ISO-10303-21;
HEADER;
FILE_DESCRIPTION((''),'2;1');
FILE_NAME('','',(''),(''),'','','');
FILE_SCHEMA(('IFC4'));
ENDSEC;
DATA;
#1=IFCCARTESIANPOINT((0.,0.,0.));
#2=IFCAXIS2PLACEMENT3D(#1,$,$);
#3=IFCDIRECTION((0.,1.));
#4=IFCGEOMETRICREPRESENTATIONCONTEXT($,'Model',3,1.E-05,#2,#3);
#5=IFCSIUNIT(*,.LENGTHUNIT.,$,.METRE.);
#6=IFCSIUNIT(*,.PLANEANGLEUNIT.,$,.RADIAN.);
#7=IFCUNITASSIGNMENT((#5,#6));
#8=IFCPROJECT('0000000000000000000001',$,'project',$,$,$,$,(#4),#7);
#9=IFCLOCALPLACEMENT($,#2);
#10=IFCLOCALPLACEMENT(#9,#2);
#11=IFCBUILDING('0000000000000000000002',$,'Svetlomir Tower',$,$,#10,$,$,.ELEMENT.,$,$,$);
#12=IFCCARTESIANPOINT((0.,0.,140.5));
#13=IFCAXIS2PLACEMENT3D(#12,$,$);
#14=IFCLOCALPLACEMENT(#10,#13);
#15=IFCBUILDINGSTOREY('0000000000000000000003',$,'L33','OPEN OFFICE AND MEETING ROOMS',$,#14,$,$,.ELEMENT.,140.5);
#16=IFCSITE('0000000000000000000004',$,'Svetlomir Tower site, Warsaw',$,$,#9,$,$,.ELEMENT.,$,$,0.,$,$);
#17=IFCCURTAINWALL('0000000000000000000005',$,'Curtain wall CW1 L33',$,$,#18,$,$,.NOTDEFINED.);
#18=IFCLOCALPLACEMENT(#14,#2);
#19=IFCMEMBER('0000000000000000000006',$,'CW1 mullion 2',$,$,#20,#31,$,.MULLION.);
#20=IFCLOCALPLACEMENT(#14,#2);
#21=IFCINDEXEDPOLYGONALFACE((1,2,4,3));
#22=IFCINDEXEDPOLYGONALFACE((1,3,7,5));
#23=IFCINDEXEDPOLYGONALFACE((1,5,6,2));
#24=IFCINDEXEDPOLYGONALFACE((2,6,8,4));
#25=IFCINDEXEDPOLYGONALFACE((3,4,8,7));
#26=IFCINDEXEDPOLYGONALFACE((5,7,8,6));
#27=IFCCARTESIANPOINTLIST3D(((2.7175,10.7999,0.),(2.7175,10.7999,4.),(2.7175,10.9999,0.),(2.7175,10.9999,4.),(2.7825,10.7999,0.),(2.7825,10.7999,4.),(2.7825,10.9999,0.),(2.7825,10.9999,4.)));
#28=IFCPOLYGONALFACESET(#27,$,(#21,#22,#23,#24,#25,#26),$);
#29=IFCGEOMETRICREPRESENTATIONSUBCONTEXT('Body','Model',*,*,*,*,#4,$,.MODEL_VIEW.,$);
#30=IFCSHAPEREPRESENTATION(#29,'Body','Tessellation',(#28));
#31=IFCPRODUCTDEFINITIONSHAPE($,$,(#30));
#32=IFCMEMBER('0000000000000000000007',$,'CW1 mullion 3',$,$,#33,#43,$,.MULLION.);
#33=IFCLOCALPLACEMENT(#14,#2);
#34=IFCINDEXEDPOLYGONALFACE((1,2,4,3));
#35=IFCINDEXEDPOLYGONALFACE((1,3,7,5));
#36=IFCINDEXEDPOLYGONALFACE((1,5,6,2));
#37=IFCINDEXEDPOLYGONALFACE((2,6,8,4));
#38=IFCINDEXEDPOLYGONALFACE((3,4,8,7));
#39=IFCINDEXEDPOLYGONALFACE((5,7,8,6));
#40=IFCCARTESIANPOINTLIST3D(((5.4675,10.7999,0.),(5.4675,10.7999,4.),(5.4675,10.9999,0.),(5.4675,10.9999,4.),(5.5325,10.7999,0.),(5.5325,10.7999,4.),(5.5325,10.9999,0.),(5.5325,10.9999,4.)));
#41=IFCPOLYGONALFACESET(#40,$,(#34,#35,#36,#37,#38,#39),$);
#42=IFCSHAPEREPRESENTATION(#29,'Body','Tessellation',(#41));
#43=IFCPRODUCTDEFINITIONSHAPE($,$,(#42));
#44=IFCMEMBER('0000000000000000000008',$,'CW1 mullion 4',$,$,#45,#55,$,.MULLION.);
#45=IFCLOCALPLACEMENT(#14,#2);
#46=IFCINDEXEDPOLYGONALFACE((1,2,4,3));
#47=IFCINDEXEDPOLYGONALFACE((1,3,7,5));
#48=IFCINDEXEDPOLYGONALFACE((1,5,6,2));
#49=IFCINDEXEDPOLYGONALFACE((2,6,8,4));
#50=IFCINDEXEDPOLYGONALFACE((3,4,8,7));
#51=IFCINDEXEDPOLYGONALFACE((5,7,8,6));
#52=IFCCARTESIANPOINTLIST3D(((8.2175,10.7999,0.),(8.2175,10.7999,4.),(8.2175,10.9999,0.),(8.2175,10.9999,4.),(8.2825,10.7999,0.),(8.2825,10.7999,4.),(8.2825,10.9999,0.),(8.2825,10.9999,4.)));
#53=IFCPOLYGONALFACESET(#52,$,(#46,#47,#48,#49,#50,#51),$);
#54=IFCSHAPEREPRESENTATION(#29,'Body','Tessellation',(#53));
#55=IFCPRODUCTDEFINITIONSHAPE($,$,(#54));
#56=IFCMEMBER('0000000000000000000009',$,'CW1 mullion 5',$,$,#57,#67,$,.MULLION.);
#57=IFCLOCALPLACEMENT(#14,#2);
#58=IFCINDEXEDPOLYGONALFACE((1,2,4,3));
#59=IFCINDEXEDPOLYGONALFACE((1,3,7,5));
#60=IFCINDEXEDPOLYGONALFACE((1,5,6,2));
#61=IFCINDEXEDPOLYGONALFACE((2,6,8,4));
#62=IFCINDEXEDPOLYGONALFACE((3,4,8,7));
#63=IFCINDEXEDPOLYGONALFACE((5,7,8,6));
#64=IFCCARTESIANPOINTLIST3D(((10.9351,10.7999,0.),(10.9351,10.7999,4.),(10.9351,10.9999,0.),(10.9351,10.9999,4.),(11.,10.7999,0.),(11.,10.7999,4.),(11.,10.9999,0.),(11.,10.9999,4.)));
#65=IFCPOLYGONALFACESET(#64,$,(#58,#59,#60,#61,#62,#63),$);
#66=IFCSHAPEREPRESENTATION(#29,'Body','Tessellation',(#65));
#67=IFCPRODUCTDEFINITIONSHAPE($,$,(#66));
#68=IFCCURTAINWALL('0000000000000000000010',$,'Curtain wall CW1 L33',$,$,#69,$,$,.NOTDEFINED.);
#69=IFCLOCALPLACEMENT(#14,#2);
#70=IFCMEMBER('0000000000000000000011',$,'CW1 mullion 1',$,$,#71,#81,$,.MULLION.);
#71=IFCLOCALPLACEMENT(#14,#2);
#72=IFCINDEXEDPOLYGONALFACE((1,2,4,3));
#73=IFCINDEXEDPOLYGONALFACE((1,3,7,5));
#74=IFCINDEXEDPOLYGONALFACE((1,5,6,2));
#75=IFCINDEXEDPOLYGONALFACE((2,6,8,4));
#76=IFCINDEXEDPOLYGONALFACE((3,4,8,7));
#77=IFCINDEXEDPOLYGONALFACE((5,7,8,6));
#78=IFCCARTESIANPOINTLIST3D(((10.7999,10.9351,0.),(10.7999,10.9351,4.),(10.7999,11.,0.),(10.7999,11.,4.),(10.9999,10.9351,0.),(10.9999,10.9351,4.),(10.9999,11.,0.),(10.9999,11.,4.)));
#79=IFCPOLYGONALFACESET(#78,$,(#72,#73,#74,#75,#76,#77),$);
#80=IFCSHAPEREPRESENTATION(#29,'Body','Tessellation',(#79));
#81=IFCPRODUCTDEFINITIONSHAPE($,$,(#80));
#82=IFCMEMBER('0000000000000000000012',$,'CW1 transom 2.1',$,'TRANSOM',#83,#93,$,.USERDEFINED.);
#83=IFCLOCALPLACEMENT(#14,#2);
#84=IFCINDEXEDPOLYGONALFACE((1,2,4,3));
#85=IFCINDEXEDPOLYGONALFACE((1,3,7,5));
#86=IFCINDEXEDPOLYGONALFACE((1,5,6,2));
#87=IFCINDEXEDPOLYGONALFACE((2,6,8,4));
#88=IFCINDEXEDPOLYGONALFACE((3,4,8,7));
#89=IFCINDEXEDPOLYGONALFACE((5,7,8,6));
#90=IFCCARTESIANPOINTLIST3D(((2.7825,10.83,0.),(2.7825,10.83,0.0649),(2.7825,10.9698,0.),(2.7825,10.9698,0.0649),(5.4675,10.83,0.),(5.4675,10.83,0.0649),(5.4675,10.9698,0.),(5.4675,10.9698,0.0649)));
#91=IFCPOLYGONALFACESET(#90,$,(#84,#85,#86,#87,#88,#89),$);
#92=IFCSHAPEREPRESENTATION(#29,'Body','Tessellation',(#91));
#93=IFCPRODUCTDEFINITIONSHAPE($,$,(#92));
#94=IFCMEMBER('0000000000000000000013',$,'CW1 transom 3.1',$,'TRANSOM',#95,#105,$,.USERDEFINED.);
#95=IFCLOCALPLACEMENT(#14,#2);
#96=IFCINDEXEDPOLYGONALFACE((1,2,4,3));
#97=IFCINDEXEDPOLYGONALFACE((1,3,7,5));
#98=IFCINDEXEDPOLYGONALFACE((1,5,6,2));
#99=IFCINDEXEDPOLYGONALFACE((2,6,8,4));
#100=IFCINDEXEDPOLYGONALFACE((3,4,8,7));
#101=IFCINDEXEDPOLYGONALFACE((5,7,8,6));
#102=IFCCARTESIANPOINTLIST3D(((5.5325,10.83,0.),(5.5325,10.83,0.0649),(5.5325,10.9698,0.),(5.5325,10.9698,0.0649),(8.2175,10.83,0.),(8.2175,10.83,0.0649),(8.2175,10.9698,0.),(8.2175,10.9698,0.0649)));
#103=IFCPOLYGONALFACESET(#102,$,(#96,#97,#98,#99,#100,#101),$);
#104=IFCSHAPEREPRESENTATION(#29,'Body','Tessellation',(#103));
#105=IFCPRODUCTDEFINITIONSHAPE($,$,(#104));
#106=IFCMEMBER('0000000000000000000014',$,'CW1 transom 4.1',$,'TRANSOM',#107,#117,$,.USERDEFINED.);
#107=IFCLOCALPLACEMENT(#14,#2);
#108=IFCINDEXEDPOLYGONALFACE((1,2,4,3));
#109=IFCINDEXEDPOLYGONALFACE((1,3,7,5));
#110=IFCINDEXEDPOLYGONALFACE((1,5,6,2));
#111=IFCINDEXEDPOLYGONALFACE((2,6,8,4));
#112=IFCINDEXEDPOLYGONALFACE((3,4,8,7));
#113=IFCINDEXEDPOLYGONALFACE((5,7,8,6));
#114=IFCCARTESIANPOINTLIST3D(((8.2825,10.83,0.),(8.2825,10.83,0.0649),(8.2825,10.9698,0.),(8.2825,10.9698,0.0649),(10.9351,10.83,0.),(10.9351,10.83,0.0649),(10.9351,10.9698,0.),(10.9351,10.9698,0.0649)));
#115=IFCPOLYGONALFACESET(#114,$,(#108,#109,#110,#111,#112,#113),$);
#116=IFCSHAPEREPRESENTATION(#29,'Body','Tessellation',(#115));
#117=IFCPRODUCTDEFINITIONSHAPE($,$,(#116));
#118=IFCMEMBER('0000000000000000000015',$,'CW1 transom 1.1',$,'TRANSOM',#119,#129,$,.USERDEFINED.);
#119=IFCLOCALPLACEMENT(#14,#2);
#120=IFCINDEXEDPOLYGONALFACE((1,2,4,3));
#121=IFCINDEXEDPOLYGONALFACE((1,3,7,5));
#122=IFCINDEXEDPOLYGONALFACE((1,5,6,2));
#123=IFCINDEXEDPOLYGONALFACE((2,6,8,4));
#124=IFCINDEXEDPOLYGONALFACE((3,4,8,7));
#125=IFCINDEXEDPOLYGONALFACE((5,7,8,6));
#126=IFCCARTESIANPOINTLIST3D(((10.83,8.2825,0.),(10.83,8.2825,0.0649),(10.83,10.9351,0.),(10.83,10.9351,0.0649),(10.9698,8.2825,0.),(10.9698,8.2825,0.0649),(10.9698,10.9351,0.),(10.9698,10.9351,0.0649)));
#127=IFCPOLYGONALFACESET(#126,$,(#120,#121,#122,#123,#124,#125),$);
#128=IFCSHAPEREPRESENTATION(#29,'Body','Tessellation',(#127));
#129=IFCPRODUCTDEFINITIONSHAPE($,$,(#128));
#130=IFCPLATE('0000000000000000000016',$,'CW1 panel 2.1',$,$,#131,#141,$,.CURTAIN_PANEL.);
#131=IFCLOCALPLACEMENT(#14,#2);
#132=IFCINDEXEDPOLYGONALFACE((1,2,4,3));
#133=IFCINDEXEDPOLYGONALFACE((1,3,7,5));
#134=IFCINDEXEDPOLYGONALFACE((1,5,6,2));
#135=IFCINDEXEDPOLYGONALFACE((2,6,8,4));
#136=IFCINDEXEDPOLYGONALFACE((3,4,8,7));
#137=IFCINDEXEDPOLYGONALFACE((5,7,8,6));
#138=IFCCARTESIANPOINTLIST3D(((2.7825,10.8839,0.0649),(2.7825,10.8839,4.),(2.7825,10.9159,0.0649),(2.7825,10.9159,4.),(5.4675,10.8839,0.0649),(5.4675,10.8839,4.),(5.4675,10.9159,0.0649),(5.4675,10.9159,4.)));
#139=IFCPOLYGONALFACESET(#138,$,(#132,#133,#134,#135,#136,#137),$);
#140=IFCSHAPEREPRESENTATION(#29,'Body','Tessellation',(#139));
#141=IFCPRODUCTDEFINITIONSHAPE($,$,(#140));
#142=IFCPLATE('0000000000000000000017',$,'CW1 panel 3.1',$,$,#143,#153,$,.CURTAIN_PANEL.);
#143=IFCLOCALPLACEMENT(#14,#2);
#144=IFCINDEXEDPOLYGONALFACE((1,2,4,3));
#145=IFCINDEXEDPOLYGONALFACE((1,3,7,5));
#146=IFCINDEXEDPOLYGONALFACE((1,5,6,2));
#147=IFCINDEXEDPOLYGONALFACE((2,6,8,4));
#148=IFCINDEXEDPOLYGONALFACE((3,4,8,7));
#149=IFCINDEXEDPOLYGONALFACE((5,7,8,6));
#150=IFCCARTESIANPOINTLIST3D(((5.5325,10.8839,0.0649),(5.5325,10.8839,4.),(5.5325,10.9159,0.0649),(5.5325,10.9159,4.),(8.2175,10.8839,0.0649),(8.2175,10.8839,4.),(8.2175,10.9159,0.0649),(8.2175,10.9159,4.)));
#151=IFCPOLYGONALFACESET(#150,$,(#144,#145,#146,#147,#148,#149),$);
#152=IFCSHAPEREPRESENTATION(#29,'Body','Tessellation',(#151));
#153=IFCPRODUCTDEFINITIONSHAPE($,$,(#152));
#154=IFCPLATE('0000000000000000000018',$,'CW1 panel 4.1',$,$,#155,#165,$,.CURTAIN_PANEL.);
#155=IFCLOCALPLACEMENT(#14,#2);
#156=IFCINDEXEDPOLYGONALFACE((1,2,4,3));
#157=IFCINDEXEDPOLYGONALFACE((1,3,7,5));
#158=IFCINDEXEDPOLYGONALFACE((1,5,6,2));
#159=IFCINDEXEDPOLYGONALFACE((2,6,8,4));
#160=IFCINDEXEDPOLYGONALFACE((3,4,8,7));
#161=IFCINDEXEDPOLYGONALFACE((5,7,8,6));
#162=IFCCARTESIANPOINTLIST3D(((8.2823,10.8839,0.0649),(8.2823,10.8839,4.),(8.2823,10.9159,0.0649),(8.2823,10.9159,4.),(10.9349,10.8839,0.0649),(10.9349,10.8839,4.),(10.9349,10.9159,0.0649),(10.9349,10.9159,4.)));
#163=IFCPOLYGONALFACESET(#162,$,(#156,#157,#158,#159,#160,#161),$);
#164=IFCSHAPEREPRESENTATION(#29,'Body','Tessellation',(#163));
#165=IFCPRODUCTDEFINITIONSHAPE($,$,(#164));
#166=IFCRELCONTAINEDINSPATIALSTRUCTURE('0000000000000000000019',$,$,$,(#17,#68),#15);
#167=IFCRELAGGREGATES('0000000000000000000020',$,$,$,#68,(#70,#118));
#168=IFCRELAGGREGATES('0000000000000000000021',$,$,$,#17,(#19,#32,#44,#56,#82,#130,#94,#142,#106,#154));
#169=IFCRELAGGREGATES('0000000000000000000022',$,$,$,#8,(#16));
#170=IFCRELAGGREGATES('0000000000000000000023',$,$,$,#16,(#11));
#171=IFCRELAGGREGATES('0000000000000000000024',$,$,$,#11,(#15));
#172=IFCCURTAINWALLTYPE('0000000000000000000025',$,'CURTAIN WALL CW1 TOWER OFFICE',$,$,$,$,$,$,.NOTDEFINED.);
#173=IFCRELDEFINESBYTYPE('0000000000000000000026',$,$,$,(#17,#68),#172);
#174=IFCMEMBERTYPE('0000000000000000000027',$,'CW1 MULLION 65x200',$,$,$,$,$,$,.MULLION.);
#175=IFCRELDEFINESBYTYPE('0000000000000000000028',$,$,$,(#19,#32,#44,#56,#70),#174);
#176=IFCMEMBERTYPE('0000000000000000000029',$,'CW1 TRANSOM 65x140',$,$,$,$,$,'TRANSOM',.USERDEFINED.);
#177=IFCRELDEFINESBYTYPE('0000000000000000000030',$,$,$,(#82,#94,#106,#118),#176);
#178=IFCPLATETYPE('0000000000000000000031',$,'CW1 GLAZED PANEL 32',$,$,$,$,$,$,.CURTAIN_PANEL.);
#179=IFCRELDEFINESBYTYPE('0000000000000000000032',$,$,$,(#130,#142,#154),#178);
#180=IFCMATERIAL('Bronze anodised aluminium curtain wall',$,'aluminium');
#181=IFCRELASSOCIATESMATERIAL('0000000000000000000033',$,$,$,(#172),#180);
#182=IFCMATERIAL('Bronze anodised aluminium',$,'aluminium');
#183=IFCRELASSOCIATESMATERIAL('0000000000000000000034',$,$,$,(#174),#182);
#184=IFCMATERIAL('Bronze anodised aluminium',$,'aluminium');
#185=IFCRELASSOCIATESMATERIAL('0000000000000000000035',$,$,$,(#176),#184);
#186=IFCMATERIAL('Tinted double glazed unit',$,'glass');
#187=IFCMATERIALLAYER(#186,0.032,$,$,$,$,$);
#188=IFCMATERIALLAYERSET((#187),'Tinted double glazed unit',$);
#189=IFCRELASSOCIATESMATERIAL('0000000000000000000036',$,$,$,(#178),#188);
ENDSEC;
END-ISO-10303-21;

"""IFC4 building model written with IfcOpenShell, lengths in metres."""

from ifc_helpers import new_model, si_unit, direction, frame, origin, origin_2d, place, context, subcontext, project, spatial, rectangle, extrude, material, layer, layer_set, material_profile, profile_set, type_object, element, aggregate, save


model = new_model("IFC4")

# Units and contexts
model_context = context("Model", 3, precision=1e-05, world=origin(), true_north=direction((0.0, 1.0)))
body_context = subcontext(model_context, "Body", "Model", "MODEL_VIEW")
ifc_project = project(units=[si_unit("LENGTHUNIT", "METRE"), si_unit("PLANEANGLEUNIT", "RADIAN")], contexts=[model_context])

# Site, building, storey
site_placement = place(None, origin())
site = spatial("IfcSite", under=ifc_project, at=site_placement, Name="Svetlomir Tower site, Warsaw", CompositionType="ELEMENT", RefElevation=0.0)
building_placement = place(site_placement, origin())
building = spatial("IfcBuilding", under=site, at=building_placement, Name="Svetlomir Tower", CompositionType="ELEMENT")
storey_placement = place(building_placement, frame((0.0, 0.0, 140.5)))
storey = spatial("IfcBuildingStorey", under=building, at=storey_placement, Name="L33", Description="OPEN OFFICE AND MEETING ROOMS", CompositionType="ELEMENT", Elevation=140.5)

# Curtain wall, members
ifc_material_1 = material(Name="Bronze anodised aluminium curtain wall", Category="aluminium")
curtain_wall_type = type_object("IfcCurtainWallType", Name="CURTAIN WALL CW1 TOWER OFFICE", PredefinedType="NOTDEFINED", material=ifc_material_1)
curtain_wall_1_placement = place(storey_placement, origin())
curtain_wall_1 = element("IfcCurtainWall", 1, at=curtain_wall_1_placement, inside=storey, type_object=curtain_wall_type, Name="Curtain wall CW1 L33", PredefinedType="NOTDEFINED")
ifc_material_2 = material(Name="Bronze anodised aluminium", Category="aluminium")
ifc_material_profile_1 = material_profile(ifc_material_2, rectangle(XDim=0.0649, YDim=0.2, at=origin_2d()), Name="AL 65x200")
ifc_profile_set_1 = profile_set([ifc_material_profile_1], Name="Bronze anodised aluminium 6063-T6")
member_type_1 = type_object("IfcMemberType", Name="CW1 MULLION 65x200", PredefinedType="MULLION", material=ifc_profile_set_1)
member_1_placement = place(storey_placement, frame((2.75, 10.8999, 0.0), z_axis=(0.0, 0.0, 1.0), x_axis=(1.0, 0.0, 0.0)))
member_1 = element("IfcMember", 2, at=member_1_placement, type_object=member_type_1, Name="CW1 mullion 2", PredefinedType="MULLION", context=body_context, shape_type="SweptSolid", body=[
    extrude(rectangle(XDim=0.0649, YDim=0.2, at=origin_2d()), origin(), (0.0, 0.0, 1.0), 4.0),
])
member_2_placement = place(storey_placement, frame((5.5, 10.8999, 0.0), z_axis=(0.0, 0.0, 1.0), x_axis=(1.0, 0.0, 0.0)))
member_2 = element("IfcMember", 3, at=member_2_placement, type_object=member_type_1, Name="CW1 mullion 3", PredefinedType="MULLION", context=body_context, shape_type="SweptSolid", body=[
    extrude(rectangle(XDim=0.0649, YDim=0.2, at=origin_2d()), origin(), (0.0, 0.0, 1.0), 4.0),
])
member_3_placement = place(storey_placement, frame((8.25, 10.8999, 0.0), z_axis=(0.0, 0.0, 1.0), x_axis=(1.0, 0.0, 0.0)))
member_3 = element("IfcMember", 4, at=member_3_placement, type_object=member_type_1, Name="CW1 mullion 4", PredefinedType="MULLION", context=body_context, shape_type="SweptSolid", body=[
    extrude(rectangle(XDim=0.0649, YDim=0.2, at=origin_2d()), origin(), (0.0, 0.0, 1.0), 4.0),
])
member_4_placement = place(storey_placement, frame((10.9675, 10.8999, 0.0), z_axis=(0.0, 0.0, 1.0), x_axis=(1.0, 0.0, 0.0)))
member_4 = element("IfcMember", 5, at=member_4_placement, type_object=member_type_1, Name="CW1 mullion 5", PredefinedType="MULLION", context=body_context, shape_type="SweptSolid", body=[
    extrude(rectangle(XDim=0.0649, YDim=0.2, at=origin_2d()), origin(), (0.0, 0.0, 1.0), 4.0),
])

# Curtain wall, member
curtain_wall_2_placement = place(storey_placement, origin())
curtain_wall_2 = element("IfcCurtainWall", 6, at=curtain_wall_2_placement, inside=storey, type_object=curtain_wall_type, Name="Curtain wall CW1 L33", PredefinedType="NOTDEFINED")
member_5_placement = place(storey_placement, frame((10.8999, 10.9675, 0.0), z_axis=(0.0, 0.0, 1.0), x_axis=(0.0, -1.0, 0.0)))
member_5 = element("IfcMember", 7, at=member_5_placement, type_object=member_type_1, Name="CW1 mullion 1", PredefinedType="MULLION", context=body_context, shape_type="SweptSolid", body=[
    extrude(rectangle(XDim=0.0649, YDim=0.2, at=origin_2d()), origin(), (0.0, 0.0, 1.0), 4.0),
])

# Members
ifc_material_3 = material(Name="Bronze anodised aluminium", Category="aluminium")
ifc_material_profile_2 = material_profile(ifc_material_3, rectangle(XDim=0.1399, YDim=0.0649, at=origin_2d()), Name="AL 140x65")
ifc_profile_set_2 = profile_set([ifc_material_profile_2], Name="Bronze anodised aluminium 6063-T6")
member_type_2 = type_object("IfcMemberType", Name="CW1 TRANSOM 65x140", ElementType="TRANSOM", PredefinedType="USERDEFINED", material=ifc_profile_set_2)
member_6_placement = place(storey_placement, frame((2.7825, 10.8999, 0.0325), z_axis=(1.0, 0.0, 0.0), x_axis=(0.0, 1.0, 0.0)))
member_6 = element("IfcMember", 8, at=member_6_placement, type_object=member_type_2, Name="CW1 transom 2.1", ObjectType="TRANSOM", PredefinedType="USERDEFINED", context=body_context, shape_type="SweptSolid", body=[
    extrude(rectangle(XDim=0.1399, YDim=0.0649, at=origin_2d()), origin(), (0.0, 0.0, 1.0), 2.6851),
])
member_7_placement = place(storey_placement, frame((5.5325, 10.8999, 0.0325), z_axis=(1.0, 0.0, 0.0), x_axis=(0.0, 1.0, 0.0)))
member_7 = element("IfcMember", 9, at=member_7_placement, type_object=member_type_2, Name="CW1 transom 3.1", ObjectType="TRANSOM", PredefinedType="USERDEFINED", context=body_context, shape_type="SweptSolid", body=[
    extrude(rectangle(XDim=0.1399, YDim=0.0649, at=origin_2d()), origin(), (0.0, 0.0, 1.0), 2.6851),
])
member_8_placement = place(storey_placement, frame((8.2825, 10.8999, 0.0325), z_axis=(1.0, 0.0, 0.0), x_axis=(0.0, 1.0, 0.0)))
member_8 = element("IfcMember", 10, at=member_8_placement, type_object=member_type_2, Name="CW1 transom 4.1", ObjectType="TRANSOM", PredefinedType="USERDEFINED", context=body_context, shape_type="SweptSolid", body=[
    extrude(rectangle(XDim=0.1399, YDim=0.0649, at=origin_2d()), origin(), (0.0, 0.0, 1.0), 2.6526),
])
member_9_placement = place(storey_placement, frame((10.8999, 10.9351, 0.0325), z_axis=(0.0, -1.0, 0.0), x_axis=(1.0, 0.0, 0.0)))
member_9 = element("IfcMember", 11, at=member_9_placement, type_object=member_type_2, Name="CW1 transom 1.1", ObjectType="TRANSOM", PredefinedType="USERDEFINED", context=body_context, shape_type="SweptSolid", body=[
    extrude(rectangle(XDim=0.1399, YDim=0.0649, at=origin_2d()), origin(), (0.0, 0.0, 1.0), 2.6526),
])
aggregate(curtain_wall_2, [member_5, member_9])

# Plates
ifc_material_4 = material(Name="Tinted double glazed unit", Category="glass")
ifc_layer_1 = layer(ifc_material_4, 0.032)
ifc_layer_set_1 = layer_set([ifc_layer_1], Name="Tinted double glazed unit")
plate_type = type_object("IfcPlateType", Name="CW1 GLAZED PANEL 32", PredefinedType="CURTAIN_PANEL", material=ifc_layer_set_1)
plate_1_placement = place(storey_placement, frame((4.125, 10.8999, 0.0649), z_axis=(0.0, 0.0, 1.0), x_axis=(1.0, 0.0, 0.0)))
plate_1 = element("IfcPlate", 12, at=plate_1_placement, type_object=plate_type, Name="CW1 panel 2.1", PredefinedType="CURTAIN_PANEL", context=body_context, shape_type="SweptSolid", body=[
    extrude(rectangle(XDim=2.6851, YDim=0.032, at=origin_2d()), origin(), (0.0, 0.0, 1.0), 3.9351),
])
plate_2_placement = place(storey_placement, frame((6.875, 10.8999, 0.0649), z_axis=(0.0, 0.0, 1.0), x_axis=(1.0, 0.0, 0.0)))
plate_2 = element("IfcPlate", 13, at=plate_2_placement, type_object=plate_type, Name="CW1 panel 3.1", PredefinedType="CURTAIN_PANEL", context=body_context, shape_type="SweptSolid", body=[
    extrude(rectangle(XDim=2.6851, YDim=0.032, at=origin_2d()), origin(), (0.0, 0.0, 1.0), 3.9351),
])
plate_3_placement = place(storey_placement, frame((9.6086, 10.8999, 0.0649), z_axis=(0.0, 0.0, 1.0), x_axis=(1.0, 0.0, 0.0)))
plate_3 = element("IfcPlate", 14, at=plate_3_placement, type_object=plate_type, Name="CW1 panel 4.1", PredefinedType="CURTAIN_PANEL", context=body_context, shape_type="SweptSolid", body=[
    extrude(rectangle(XDim=2.6526, YDim=0.032, at=origin_2d()), origin(), (0.0, 0.0, 1.0), 3.9351),
])
aggregate(curtain_wall_1, [member_1, member_2, member_3, member_4, member_6, plate_1, member_7, plate_2, member_8, plate_3])

save(model, "model.ifc")
